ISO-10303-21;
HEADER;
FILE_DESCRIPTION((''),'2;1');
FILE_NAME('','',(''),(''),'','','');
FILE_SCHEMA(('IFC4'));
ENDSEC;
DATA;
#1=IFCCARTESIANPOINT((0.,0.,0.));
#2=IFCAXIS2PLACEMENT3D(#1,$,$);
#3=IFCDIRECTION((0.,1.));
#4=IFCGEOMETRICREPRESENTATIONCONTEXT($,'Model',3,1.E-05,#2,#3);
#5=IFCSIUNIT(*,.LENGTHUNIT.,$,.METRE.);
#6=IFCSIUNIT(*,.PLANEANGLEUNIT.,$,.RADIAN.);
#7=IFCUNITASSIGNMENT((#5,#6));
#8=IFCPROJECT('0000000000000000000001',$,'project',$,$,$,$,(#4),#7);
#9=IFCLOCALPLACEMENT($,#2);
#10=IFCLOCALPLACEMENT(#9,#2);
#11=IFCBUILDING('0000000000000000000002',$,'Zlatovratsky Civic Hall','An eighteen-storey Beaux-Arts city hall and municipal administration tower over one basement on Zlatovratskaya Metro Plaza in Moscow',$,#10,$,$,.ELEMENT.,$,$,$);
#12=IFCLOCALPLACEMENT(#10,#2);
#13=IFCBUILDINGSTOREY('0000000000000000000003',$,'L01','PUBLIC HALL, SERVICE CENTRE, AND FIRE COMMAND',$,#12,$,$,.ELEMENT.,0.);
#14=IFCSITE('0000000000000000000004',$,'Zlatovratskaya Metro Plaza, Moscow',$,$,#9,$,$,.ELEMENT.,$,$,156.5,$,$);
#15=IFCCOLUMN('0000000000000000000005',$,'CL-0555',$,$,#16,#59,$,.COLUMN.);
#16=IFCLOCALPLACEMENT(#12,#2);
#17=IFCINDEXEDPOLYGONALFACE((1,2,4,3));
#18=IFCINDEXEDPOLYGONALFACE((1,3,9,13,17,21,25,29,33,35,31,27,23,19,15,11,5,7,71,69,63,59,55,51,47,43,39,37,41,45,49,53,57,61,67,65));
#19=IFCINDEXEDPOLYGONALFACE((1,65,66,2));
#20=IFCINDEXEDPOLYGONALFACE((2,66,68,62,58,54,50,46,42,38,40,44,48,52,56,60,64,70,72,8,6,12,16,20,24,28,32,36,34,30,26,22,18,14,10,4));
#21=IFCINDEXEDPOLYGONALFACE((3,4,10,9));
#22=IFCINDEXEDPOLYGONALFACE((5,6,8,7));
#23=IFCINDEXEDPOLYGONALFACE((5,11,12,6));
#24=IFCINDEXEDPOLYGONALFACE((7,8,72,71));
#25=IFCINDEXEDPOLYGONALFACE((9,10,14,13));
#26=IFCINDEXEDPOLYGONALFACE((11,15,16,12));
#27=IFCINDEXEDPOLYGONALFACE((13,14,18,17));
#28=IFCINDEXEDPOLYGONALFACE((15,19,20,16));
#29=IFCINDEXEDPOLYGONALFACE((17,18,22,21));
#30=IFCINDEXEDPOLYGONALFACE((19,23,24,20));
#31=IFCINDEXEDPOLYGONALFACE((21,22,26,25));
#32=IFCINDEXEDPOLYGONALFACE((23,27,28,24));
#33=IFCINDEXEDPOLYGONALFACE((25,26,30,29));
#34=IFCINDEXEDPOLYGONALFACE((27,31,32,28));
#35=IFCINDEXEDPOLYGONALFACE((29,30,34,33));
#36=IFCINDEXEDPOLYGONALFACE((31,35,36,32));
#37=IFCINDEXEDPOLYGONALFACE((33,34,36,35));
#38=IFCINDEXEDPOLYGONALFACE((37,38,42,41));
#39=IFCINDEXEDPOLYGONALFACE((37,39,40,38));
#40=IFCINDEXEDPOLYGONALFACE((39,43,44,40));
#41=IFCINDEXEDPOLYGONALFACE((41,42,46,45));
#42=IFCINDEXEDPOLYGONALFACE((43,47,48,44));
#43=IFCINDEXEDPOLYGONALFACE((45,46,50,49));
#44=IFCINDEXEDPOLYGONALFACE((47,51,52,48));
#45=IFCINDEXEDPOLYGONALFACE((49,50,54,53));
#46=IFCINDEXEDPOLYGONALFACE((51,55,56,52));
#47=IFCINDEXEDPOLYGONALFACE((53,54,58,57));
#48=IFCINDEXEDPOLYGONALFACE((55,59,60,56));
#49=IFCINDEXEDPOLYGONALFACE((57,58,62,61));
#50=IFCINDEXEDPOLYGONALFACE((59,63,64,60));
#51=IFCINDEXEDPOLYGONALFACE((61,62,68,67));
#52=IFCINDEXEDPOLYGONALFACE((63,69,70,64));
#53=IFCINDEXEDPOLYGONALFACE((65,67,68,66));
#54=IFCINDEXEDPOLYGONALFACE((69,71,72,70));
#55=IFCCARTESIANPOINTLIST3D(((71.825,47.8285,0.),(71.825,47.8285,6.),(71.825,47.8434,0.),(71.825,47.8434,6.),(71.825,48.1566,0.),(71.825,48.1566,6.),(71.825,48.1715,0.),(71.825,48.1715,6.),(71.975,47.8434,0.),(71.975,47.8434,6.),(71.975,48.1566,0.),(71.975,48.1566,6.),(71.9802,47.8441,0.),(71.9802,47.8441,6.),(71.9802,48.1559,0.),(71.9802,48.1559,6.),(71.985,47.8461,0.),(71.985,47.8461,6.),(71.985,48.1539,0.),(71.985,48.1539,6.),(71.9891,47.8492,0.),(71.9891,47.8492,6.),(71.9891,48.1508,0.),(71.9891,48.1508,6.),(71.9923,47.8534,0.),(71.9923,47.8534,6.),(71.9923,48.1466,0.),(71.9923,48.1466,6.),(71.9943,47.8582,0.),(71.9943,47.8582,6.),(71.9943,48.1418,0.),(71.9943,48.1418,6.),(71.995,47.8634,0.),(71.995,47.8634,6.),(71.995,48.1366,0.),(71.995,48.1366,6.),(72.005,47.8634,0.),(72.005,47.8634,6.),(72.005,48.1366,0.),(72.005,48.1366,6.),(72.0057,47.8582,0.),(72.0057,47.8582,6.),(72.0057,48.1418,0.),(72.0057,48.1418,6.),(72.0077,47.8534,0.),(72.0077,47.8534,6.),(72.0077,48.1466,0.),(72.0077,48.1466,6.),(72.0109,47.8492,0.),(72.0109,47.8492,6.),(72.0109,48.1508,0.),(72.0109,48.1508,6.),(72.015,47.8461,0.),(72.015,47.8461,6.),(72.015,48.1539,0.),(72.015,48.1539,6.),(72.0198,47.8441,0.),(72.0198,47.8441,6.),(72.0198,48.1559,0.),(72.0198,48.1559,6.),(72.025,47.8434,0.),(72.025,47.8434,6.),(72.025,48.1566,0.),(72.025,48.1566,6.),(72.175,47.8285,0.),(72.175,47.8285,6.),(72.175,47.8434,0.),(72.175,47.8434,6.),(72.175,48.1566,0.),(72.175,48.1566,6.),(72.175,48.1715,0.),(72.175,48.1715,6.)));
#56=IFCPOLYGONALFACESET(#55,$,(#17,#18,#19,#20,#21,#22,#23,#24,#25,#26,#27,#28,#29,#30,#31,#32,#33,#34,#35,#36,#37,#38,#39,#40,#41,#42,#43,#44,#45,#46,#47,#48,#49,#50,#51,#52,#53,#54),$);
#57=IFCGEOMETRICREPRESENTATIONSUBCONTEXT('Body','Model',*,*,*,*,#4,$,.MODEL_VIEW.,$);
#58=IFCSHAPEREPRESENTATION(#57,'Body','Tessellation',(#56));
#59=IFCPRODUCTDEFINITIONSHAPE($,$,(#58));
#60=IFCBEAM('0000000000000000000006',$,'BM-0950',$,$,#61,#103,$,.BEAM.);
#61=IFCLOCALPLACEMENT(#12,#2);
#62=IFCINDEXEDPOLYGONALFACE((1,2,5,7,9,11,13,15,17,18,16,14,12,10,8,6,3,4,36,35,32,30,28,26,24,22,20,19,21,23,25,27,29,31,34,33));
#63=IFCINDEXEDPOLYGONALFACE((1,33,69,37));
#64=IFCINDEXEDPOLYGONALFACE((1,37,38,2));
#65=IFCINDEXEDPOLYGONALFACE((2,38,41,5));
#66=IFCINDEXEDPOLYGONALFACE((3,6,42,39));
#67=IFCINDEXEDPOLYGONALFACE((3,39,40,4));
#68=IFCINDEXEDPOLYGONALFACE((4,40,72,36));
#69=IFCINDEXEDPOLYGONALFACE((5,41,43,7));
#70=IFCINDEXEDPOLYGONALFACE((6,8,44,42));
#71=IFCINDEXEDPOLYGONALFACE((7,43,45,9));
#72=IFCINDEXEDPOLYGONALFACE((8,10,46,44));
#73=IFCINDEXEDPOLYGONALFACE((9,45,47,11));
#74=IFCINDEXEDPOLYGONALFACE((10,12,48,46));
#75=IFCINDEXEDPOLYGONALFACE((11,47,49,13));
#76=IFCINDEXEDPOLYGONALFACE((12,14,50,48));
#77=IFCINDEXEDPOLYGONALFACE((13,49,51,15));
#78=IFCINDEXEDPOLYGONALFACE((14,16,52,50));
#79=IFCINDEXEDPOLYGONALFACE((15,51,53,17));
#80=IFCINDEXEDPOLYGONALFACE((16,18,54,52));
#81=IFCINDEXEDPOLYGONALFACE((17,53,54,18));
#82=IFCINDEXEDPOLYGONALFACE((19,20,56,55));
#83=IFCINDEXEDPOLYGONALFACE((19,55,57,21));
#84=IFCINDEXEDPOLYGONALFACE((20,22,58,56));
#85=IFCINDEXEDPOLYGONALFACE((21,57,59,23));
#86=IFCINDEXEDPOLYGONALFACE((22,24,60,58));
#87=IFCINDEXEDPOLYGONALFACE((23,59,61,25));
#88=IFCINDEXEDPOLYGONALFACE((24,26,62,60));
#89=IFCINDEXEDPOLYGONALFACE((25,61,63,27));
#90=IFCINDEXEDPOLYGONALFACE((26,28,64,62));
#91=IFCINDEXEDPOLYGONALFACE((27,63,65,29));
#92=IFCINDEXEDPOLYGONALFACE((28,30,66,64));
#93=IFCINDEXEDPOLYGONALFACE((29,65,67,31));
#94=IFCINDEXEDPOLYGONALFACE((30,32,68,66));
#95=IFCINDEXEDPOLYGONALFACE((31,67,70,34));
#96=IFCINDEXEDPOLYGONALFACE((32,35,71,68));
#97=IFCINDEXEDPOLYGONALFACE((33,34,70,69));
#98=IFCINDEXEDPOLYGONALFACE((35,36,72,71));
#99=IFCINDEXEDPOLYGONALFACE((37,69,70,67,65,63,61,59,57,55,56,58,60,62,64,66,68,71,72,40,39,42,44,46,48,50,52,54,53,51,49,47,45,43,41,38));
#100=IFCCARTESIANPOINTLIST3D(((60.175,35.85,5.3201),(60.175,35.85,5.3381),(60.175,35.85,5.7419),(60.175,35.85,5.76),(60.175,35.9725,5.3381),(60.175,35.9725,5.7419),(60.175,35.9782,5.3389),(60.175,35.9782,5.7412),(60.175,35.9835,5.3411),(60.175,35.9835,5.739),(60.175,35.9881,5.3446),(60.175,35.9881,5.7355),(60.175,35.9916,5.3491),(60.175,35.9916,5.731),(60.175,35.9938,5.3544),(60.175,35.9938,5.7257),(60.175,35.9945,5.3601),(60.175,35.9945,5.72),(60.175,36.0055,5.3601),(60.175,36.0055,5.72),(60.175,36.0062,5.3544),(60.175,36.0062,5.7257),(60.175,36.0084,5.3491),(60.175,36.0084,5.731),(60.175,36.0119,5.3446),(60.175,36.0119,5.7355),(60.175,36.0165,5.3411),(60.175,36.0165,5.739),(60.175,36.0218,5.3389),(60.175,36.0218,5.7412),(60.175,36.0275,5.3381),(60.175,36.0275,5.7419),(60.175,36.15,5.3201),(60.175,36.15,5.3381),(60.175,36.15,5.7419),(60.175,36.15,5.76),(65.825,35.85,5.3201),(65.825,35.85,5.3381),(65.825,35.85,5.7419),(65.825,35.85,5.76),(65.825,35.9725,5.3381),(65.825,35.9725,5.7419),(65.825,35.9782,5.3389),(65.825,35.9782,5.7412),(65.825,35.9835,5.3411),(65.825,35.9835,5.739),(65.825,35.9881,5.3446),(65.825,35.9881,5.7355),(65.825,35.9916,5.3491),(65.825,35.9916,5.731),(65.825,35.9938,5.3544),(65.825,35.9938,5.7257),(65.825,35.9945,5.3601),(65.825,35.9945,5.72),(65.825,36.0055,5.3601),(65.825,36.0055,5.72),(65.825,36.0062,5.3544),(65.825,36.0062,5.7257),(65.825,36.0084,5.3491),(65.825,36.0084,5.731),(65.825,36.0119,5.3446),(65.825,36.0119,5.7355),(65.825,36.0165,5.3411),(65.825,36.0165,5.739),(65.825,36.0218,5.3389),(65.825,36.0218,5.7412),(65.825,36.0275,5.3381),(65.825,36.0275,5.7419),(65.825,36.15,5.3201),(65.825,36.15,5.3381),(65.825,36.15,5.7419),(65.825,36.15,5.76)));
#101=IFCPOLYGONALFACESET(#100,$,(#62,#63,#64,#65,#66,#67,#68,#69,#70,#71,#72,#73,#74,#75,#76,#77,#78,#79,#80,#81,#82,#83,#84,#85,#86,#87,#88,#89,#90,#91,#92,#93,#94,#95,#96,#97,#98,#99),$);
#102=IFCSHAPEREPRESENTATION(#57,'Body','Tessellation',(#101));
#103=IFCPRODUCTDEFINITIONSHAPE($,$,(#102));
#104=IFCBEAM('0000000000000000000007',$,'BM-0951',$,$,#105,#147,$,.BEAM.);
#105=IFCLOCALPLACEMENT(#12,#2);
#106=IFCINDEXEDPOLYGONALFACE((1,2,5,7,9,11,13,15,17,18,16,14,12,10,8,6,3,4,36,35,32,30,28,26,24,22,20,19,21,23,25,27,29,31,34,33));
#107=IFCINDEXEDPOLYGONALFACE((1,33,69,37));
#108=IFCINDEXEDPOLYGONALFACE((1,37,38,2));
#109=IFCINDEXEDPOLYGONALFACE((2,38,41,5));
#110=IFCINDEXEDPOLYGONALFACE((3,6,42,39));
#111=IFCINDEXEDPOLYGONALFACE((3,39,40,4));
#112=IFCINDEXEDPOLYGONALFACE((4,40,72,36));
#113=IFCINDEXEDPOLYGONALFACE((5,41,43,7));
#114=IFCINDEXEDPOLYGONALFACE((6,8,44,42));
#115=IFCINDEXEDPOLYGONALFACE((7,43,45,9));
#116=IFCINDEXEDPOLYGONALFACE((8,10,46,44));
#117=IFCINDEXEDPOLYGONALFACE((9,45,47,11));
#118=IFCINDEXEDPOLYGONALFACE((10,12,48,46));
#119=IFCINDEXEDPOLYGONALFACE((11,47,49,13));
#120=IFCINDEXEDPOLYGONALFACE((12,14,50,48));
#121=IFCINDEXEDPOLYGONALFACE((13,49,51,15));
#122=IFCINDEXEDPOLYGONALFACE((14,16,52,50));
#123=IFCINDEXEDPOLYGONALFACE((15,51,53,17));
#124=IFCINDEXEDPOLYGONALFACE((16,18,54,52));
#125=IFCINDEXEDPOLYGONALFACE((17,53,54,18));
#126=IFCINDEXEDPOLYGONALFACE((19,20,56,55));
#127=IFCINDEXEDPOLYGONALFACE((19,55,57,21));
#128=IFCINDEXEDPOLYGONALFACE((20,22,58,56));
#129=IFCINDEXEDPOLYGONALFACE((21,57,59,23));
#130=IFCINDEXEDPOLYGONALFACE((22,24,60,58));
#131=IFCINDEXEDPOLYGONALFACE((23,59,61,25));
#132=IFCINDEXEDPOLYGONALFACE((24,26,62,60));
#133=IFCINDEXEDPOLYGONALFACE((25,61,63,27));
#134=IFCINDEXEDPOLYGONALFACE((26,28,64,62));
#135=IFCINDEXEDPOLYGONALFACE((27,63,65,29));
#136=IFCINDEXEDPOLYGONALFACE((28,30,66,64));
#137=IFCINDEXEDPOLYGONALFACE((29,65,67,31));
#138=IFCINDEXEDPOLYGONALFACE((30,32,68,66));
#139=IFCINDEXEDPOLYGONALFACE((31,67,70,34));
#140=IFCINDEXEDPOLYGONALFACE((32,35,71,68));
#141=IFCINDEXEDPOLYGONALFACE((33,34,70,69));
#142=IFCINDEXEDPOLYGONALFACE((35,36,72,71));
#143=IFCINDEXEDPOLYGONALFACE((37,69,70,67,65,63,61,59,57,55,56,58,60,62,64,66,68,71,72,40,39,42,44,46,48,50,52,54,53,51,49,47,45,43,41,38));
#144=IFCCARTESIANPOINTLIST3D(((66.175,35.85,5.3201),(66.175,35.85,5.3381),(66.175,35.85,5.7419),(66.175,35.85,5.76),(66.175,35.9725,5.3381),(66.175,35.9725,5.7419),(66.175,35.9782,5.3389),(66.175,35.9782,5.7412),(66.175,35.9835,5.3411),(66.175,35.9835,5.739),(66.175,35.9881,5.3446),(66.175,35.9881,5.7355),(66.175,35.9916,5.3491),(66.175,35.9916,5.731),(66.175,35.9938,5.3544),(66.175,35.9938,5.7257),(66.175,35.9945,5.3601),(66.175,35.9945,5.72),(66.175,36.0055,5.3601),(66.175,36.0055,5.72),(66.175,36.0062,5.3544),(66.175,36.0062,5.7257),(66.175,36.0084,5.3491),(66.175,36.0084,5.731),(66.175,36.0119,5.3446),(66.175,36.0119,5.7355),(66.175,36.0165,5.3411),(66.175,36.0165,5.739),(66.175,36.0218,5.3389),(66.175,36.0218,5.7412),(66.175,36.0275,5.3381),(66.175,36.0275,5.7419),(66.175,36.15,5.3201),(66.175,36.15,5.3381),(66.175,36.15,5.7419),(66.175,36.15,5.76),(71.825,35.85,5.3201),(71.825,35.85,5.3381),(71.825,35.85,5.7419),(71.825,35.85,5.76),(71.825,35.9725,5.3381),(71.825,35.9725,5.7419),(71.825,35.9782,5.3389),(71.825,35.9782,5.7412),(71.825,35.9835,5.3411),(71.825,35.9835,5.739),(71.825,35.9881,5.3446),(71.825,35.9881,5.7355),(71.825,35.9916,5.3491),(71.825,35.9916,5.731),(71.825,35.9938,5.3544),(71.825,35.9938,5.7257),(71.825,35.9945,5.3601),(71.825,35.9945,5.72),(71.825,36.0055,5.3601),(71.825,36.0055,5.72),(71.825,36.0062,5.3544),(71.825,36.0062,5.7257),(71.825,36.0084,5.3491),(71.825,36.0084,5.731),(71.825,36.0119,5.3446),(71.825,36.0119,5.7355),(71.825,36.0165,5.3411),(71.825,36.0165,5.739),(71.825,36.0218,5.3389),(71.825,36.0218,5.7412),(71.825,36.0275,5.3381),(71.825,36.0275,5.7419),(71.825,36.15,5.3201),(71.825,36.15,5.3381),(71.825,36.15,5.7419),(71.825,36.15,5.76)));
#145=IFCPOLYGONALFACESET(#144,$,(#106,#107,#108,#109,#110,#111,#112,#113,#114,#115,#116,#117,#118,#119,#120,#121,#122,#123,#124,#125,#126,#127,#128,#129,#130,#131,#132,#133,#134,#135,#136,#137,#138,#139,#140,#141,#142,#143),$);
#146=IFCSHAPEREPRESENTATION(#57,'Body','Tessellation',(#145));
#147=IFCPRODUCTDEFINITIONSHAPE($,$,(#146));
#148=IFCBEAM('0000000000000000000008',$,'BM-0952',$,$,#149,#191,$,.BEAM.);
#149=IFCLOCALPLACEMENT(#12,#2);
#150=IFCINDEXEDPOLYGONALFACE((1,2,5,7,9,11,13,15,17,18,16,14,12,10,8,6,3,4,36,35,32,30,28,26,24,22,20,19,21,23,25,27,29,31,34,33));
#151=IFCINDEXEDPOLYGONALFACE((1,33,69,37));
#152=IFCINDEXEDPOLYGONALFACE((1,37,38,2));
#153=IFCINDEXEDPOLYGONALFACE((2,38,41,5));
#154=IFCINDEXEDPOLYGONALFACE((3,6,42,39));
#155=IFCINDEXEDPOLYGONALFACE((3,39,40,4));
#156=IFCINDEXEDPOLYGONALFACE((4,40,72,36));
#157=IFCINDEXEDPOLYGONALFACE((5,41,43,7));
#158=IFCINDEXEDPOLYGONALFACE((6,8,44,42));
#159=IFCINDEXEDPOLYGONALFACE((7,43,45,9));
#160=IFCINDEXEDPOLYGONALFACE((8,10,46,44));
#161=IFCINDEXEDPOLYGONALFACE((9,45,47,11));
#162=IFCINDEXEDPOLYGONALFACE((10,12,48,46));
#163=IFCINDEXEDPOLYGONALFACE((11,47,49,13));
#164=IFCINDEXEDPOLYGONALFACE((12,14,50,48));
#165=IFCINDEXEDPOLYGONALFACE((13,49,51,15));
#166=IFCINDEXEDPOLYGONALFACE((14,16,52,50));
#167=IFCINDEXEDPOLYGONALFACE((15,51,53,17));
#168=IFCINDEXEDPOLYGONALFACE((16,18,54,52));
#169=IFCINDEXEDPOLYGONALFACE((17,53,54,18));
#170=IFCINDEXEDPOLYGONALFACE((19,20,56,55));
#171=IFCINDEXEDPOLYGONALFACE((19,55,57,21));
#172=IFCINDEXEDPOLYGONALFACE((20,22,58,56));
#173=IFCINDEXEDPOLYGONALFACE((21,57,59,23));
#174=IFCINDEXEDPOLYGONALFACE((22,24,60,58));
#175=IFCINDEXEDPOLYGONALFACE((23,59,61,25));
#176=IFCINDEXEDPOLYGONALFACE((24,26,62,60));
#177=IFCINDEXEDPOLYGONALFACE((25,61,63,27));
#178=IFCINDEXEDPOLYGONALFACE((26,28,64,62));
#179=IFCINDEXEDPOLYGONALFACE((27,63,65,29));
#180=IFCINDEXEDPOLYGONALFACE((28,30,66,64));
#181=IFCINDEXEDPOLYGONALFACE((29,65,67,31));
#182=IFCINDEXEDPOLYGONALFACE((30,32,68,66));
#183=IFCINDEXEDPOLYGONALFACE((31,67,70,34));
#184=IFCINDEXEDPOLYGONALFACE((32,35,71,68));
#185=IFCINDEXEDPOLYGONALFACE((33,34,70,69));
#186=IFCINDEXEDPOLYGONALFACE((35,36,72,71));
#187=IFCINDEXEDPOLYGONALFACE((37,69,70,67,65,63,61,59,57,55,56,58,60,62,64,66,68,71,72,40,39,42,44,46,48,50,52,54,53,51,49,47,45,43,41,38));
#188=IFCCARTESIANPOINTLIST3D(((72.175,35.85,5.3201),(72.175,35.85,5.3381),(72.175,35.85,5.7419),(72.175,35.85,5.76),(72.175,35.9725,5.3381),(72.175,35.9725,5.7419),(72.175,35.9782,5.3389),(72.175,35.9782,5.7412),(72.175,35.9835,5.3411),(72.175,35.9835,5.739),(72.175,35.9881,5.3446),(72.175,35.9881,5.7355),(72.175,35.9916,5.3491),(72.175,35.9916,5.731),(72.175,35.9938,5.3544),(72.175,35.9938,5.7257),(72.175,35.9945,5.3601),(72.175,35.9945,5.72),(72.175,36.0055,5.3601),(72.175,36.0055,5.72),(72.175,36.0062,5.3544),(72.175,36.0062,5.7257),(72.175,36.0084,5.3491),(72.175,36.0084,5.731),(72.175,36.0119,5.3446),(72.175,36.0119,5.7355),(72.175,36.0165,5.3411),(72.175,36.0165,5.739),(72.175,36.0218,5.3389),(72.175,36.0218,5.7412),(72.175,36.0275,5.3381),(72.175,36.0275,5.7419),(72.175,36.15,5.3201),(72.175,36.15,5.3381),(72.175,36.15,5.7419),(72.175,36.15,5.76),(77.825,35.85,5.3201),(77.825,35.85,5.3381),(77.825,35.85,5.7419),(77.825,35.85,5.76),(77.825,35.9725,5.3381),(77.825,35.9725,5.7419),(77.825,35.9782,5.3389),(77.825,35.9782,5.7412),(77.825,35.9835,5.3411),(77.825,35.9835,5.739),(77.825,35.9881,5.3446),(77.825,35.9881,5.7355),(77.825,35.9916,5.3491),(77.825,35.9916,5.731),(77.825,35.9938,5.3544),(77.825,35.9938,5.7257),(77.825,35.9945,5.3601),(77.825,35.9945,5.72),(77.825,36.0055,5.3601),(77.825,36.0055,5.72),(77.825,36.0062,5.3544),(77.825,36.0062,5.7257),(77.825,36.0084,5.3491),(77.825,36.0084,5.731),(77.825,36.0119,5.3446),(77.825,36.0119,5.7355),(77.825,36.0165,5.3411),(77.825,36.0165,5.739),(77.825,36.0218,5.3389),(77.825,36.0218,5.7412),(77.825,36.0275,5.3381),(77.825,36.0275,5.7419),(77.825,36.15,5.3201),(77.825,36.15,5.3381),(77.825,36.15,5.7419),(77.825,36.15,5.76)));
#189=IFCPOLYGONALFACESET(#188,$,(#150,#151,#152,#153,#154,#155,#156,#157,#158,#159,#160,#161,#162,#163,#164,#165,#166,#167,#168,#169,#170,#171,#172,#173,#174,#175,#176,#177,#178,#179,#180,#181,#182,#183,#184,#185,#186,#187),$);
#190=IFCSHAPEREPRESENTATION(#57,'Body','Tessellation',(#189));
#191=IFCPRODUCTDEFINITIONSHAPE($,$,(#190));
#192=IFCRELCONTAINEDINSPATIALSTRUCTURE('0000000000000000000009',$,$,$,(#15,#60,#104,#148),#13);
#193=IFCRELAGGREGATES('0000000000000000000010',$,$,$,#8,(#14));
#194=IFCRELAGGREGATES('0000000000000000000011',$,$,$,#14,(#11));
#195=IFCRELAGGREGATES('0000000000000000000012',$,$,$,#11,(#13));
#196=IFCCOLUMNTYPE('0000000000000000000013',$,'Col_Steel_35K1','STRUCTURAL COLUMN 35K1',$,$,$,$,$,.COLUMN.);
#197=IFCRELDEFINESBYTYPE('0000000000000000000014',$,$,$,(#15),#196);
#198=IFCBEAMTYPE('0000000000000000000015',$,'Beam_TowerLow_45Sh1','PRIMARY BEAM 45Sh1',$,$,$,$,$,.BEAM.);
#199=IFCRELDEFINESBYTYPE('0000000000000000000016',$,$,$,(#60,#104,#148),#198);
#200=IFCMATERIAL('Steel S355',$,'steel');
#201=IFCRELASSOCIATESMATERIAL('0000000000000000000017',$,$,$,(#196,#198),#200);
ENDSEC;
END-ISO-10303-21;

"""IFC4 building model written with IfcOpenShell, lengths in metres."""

from ifc_helpers import new_model, si_unit, direction, frame, origin, origin_2d, place, context, subcontext, project, spatial, i_section, extrude, material, material_profile, profile_set, type_object, element, save


model = new_model("IFC4")

# Units and contexts
model_context = context("Model", 3, precision=1e-05, world=origin(), true_north=direction((0.0, 1.0)))
body_context = subcontext(model_context, "Body", "Model", "MODEL_VIEW")
ifc_project = project(units=[si_unit("LENGTHUNIT", "METRE"), si_unit("PLANEANGLEUNIT", "RADIAN")], contexts=[model_context])

# Site, building, storey
site_placement = place(None, origin())
site = spatial("IfcSite", under=ifc_project, at=site_placement, Name="Zlatovratskaya Metro Plaza, Moscow", CompositionType="ELEMENT", RefElevation=156.5)
building_placement = place(site_placement, origin())
building = spatial("IfcBuilding", under=site, at=building_placement, Name="Zlatovratsky Civic Hall", Description="An eighteen-storey Beaux-Arts city hall and municipal administration tower over one basement on Zlatovratskaya Metro Plaza in Moscow", CompositionType="ELEMENT")
storey_placement = place(building_placement, origin())
storey = spatial("IfcBuildingStorey", under=building, at=storey_placement, Name="L01", Description="PUBLIC HALL, SERVICE CENTRE, AND FIRE COMMAND", CompositionType="ELEMENT", Elevation=0.0)

# Column
ifc_material_1 = material(Name="Steel S355", Category="steel")
ifc_material_profile_1 = material_profile(ifc_material_1, i_section(OverallWidth=0.3501, OverallDepth=0.343, WebThickness=0.01, FlangeThickness=0.0149, FilletRadius=0.02, at=origin_2d()), Name="35K1")
ifc_profile_set_1 = profile_set([ifc_material_profile_1], Name="Steel S355")
column_type_1 = type_object("IfcColumnType", Name="Col_Steel_35K1", Description="STRUCTURAL COLUMN 35K1", PredefinedType="COLUMN", material=ifc_profile_set_1)
for number, where, z_axis, x_axis, name in (
    (1, (72.0, 48.0, 0.0), (0.0, 0.0, 1.0), (1.0, 0.0, 0.0), "CL-0555"),
):
    element("IfcColumn", number, at=place(storey_placement, frame(where, z_axis=z_axis, x_axis=x_axis)), inside=storey, type_object=column_type_1, Name=name, PredefinedType="COLUMN", context=body_context, shape_type="SweptSolid", body=[
        extrude(i_section(OverallWidth=0.3501, OverallDepth=0.343, WebThickness=0.01, FlangeThickness=0.0149, FilletRadius=0.02, at=origin_2d()), origin(), (0.0, 0.0, 1.0), 6.0),
    ])

# Beams
ifc_material_profile_2 = material_profile(ifc_material_1, i_section(OverallWidth=0.3, OverallDepth=0.4399, WebThickness=0.011, FlangeThickness=0.0181, FilletRadius=0.022, at=origin_2d()), Name="45Sh1")
ifc_profile_set_2 = profile_set([ifc_material_profile_2], Name="Steel S355")
beam_type = type_object("IfcBeamType", Name="Beam_TowerLow_45Sh1", Description="PRIMARY BEAM 45Sh1", PredefinedType="BEAM", material=ifc_profile_set_2)
for number, where, z_axis, x_axis, name in (
    (2, (60.175, 36.0, 5.54), (1.0, 0.0, 0.0), (0.0, 1.0, 0.0), "BM-0950"),
    (3, (66.175, 36.0, 5.54), (1.0, 0.0, 0.0), (0.0, 1.0, 0.0), "BM-0951"),
    (4, (72.175, 36.0, 5.54), (1.0, 0.0, 0.0), (0.0, 1.0, 0.0), "BM-0952"),
):
    element("IfcBeam", number, at=place(storey_placement, frame(where, z_axis=z_axis, x_axis=x_axis)), inside=storey, type_object=beam_type, Name=name, PredefinedType="BEAM", context=body_context, shape_type="SweptSolid", body=[
        extrude(i_section(OverallWidth=0.3, OverallDepth=0.4399, WebThickness=0.011, FlangeThickness=0.0181, FilletRadius=0.022, at=origin_2d()), origin(), (0.0, 0.0, 1.0), 5.6499),
    ])

save(model, "model.ifc")
